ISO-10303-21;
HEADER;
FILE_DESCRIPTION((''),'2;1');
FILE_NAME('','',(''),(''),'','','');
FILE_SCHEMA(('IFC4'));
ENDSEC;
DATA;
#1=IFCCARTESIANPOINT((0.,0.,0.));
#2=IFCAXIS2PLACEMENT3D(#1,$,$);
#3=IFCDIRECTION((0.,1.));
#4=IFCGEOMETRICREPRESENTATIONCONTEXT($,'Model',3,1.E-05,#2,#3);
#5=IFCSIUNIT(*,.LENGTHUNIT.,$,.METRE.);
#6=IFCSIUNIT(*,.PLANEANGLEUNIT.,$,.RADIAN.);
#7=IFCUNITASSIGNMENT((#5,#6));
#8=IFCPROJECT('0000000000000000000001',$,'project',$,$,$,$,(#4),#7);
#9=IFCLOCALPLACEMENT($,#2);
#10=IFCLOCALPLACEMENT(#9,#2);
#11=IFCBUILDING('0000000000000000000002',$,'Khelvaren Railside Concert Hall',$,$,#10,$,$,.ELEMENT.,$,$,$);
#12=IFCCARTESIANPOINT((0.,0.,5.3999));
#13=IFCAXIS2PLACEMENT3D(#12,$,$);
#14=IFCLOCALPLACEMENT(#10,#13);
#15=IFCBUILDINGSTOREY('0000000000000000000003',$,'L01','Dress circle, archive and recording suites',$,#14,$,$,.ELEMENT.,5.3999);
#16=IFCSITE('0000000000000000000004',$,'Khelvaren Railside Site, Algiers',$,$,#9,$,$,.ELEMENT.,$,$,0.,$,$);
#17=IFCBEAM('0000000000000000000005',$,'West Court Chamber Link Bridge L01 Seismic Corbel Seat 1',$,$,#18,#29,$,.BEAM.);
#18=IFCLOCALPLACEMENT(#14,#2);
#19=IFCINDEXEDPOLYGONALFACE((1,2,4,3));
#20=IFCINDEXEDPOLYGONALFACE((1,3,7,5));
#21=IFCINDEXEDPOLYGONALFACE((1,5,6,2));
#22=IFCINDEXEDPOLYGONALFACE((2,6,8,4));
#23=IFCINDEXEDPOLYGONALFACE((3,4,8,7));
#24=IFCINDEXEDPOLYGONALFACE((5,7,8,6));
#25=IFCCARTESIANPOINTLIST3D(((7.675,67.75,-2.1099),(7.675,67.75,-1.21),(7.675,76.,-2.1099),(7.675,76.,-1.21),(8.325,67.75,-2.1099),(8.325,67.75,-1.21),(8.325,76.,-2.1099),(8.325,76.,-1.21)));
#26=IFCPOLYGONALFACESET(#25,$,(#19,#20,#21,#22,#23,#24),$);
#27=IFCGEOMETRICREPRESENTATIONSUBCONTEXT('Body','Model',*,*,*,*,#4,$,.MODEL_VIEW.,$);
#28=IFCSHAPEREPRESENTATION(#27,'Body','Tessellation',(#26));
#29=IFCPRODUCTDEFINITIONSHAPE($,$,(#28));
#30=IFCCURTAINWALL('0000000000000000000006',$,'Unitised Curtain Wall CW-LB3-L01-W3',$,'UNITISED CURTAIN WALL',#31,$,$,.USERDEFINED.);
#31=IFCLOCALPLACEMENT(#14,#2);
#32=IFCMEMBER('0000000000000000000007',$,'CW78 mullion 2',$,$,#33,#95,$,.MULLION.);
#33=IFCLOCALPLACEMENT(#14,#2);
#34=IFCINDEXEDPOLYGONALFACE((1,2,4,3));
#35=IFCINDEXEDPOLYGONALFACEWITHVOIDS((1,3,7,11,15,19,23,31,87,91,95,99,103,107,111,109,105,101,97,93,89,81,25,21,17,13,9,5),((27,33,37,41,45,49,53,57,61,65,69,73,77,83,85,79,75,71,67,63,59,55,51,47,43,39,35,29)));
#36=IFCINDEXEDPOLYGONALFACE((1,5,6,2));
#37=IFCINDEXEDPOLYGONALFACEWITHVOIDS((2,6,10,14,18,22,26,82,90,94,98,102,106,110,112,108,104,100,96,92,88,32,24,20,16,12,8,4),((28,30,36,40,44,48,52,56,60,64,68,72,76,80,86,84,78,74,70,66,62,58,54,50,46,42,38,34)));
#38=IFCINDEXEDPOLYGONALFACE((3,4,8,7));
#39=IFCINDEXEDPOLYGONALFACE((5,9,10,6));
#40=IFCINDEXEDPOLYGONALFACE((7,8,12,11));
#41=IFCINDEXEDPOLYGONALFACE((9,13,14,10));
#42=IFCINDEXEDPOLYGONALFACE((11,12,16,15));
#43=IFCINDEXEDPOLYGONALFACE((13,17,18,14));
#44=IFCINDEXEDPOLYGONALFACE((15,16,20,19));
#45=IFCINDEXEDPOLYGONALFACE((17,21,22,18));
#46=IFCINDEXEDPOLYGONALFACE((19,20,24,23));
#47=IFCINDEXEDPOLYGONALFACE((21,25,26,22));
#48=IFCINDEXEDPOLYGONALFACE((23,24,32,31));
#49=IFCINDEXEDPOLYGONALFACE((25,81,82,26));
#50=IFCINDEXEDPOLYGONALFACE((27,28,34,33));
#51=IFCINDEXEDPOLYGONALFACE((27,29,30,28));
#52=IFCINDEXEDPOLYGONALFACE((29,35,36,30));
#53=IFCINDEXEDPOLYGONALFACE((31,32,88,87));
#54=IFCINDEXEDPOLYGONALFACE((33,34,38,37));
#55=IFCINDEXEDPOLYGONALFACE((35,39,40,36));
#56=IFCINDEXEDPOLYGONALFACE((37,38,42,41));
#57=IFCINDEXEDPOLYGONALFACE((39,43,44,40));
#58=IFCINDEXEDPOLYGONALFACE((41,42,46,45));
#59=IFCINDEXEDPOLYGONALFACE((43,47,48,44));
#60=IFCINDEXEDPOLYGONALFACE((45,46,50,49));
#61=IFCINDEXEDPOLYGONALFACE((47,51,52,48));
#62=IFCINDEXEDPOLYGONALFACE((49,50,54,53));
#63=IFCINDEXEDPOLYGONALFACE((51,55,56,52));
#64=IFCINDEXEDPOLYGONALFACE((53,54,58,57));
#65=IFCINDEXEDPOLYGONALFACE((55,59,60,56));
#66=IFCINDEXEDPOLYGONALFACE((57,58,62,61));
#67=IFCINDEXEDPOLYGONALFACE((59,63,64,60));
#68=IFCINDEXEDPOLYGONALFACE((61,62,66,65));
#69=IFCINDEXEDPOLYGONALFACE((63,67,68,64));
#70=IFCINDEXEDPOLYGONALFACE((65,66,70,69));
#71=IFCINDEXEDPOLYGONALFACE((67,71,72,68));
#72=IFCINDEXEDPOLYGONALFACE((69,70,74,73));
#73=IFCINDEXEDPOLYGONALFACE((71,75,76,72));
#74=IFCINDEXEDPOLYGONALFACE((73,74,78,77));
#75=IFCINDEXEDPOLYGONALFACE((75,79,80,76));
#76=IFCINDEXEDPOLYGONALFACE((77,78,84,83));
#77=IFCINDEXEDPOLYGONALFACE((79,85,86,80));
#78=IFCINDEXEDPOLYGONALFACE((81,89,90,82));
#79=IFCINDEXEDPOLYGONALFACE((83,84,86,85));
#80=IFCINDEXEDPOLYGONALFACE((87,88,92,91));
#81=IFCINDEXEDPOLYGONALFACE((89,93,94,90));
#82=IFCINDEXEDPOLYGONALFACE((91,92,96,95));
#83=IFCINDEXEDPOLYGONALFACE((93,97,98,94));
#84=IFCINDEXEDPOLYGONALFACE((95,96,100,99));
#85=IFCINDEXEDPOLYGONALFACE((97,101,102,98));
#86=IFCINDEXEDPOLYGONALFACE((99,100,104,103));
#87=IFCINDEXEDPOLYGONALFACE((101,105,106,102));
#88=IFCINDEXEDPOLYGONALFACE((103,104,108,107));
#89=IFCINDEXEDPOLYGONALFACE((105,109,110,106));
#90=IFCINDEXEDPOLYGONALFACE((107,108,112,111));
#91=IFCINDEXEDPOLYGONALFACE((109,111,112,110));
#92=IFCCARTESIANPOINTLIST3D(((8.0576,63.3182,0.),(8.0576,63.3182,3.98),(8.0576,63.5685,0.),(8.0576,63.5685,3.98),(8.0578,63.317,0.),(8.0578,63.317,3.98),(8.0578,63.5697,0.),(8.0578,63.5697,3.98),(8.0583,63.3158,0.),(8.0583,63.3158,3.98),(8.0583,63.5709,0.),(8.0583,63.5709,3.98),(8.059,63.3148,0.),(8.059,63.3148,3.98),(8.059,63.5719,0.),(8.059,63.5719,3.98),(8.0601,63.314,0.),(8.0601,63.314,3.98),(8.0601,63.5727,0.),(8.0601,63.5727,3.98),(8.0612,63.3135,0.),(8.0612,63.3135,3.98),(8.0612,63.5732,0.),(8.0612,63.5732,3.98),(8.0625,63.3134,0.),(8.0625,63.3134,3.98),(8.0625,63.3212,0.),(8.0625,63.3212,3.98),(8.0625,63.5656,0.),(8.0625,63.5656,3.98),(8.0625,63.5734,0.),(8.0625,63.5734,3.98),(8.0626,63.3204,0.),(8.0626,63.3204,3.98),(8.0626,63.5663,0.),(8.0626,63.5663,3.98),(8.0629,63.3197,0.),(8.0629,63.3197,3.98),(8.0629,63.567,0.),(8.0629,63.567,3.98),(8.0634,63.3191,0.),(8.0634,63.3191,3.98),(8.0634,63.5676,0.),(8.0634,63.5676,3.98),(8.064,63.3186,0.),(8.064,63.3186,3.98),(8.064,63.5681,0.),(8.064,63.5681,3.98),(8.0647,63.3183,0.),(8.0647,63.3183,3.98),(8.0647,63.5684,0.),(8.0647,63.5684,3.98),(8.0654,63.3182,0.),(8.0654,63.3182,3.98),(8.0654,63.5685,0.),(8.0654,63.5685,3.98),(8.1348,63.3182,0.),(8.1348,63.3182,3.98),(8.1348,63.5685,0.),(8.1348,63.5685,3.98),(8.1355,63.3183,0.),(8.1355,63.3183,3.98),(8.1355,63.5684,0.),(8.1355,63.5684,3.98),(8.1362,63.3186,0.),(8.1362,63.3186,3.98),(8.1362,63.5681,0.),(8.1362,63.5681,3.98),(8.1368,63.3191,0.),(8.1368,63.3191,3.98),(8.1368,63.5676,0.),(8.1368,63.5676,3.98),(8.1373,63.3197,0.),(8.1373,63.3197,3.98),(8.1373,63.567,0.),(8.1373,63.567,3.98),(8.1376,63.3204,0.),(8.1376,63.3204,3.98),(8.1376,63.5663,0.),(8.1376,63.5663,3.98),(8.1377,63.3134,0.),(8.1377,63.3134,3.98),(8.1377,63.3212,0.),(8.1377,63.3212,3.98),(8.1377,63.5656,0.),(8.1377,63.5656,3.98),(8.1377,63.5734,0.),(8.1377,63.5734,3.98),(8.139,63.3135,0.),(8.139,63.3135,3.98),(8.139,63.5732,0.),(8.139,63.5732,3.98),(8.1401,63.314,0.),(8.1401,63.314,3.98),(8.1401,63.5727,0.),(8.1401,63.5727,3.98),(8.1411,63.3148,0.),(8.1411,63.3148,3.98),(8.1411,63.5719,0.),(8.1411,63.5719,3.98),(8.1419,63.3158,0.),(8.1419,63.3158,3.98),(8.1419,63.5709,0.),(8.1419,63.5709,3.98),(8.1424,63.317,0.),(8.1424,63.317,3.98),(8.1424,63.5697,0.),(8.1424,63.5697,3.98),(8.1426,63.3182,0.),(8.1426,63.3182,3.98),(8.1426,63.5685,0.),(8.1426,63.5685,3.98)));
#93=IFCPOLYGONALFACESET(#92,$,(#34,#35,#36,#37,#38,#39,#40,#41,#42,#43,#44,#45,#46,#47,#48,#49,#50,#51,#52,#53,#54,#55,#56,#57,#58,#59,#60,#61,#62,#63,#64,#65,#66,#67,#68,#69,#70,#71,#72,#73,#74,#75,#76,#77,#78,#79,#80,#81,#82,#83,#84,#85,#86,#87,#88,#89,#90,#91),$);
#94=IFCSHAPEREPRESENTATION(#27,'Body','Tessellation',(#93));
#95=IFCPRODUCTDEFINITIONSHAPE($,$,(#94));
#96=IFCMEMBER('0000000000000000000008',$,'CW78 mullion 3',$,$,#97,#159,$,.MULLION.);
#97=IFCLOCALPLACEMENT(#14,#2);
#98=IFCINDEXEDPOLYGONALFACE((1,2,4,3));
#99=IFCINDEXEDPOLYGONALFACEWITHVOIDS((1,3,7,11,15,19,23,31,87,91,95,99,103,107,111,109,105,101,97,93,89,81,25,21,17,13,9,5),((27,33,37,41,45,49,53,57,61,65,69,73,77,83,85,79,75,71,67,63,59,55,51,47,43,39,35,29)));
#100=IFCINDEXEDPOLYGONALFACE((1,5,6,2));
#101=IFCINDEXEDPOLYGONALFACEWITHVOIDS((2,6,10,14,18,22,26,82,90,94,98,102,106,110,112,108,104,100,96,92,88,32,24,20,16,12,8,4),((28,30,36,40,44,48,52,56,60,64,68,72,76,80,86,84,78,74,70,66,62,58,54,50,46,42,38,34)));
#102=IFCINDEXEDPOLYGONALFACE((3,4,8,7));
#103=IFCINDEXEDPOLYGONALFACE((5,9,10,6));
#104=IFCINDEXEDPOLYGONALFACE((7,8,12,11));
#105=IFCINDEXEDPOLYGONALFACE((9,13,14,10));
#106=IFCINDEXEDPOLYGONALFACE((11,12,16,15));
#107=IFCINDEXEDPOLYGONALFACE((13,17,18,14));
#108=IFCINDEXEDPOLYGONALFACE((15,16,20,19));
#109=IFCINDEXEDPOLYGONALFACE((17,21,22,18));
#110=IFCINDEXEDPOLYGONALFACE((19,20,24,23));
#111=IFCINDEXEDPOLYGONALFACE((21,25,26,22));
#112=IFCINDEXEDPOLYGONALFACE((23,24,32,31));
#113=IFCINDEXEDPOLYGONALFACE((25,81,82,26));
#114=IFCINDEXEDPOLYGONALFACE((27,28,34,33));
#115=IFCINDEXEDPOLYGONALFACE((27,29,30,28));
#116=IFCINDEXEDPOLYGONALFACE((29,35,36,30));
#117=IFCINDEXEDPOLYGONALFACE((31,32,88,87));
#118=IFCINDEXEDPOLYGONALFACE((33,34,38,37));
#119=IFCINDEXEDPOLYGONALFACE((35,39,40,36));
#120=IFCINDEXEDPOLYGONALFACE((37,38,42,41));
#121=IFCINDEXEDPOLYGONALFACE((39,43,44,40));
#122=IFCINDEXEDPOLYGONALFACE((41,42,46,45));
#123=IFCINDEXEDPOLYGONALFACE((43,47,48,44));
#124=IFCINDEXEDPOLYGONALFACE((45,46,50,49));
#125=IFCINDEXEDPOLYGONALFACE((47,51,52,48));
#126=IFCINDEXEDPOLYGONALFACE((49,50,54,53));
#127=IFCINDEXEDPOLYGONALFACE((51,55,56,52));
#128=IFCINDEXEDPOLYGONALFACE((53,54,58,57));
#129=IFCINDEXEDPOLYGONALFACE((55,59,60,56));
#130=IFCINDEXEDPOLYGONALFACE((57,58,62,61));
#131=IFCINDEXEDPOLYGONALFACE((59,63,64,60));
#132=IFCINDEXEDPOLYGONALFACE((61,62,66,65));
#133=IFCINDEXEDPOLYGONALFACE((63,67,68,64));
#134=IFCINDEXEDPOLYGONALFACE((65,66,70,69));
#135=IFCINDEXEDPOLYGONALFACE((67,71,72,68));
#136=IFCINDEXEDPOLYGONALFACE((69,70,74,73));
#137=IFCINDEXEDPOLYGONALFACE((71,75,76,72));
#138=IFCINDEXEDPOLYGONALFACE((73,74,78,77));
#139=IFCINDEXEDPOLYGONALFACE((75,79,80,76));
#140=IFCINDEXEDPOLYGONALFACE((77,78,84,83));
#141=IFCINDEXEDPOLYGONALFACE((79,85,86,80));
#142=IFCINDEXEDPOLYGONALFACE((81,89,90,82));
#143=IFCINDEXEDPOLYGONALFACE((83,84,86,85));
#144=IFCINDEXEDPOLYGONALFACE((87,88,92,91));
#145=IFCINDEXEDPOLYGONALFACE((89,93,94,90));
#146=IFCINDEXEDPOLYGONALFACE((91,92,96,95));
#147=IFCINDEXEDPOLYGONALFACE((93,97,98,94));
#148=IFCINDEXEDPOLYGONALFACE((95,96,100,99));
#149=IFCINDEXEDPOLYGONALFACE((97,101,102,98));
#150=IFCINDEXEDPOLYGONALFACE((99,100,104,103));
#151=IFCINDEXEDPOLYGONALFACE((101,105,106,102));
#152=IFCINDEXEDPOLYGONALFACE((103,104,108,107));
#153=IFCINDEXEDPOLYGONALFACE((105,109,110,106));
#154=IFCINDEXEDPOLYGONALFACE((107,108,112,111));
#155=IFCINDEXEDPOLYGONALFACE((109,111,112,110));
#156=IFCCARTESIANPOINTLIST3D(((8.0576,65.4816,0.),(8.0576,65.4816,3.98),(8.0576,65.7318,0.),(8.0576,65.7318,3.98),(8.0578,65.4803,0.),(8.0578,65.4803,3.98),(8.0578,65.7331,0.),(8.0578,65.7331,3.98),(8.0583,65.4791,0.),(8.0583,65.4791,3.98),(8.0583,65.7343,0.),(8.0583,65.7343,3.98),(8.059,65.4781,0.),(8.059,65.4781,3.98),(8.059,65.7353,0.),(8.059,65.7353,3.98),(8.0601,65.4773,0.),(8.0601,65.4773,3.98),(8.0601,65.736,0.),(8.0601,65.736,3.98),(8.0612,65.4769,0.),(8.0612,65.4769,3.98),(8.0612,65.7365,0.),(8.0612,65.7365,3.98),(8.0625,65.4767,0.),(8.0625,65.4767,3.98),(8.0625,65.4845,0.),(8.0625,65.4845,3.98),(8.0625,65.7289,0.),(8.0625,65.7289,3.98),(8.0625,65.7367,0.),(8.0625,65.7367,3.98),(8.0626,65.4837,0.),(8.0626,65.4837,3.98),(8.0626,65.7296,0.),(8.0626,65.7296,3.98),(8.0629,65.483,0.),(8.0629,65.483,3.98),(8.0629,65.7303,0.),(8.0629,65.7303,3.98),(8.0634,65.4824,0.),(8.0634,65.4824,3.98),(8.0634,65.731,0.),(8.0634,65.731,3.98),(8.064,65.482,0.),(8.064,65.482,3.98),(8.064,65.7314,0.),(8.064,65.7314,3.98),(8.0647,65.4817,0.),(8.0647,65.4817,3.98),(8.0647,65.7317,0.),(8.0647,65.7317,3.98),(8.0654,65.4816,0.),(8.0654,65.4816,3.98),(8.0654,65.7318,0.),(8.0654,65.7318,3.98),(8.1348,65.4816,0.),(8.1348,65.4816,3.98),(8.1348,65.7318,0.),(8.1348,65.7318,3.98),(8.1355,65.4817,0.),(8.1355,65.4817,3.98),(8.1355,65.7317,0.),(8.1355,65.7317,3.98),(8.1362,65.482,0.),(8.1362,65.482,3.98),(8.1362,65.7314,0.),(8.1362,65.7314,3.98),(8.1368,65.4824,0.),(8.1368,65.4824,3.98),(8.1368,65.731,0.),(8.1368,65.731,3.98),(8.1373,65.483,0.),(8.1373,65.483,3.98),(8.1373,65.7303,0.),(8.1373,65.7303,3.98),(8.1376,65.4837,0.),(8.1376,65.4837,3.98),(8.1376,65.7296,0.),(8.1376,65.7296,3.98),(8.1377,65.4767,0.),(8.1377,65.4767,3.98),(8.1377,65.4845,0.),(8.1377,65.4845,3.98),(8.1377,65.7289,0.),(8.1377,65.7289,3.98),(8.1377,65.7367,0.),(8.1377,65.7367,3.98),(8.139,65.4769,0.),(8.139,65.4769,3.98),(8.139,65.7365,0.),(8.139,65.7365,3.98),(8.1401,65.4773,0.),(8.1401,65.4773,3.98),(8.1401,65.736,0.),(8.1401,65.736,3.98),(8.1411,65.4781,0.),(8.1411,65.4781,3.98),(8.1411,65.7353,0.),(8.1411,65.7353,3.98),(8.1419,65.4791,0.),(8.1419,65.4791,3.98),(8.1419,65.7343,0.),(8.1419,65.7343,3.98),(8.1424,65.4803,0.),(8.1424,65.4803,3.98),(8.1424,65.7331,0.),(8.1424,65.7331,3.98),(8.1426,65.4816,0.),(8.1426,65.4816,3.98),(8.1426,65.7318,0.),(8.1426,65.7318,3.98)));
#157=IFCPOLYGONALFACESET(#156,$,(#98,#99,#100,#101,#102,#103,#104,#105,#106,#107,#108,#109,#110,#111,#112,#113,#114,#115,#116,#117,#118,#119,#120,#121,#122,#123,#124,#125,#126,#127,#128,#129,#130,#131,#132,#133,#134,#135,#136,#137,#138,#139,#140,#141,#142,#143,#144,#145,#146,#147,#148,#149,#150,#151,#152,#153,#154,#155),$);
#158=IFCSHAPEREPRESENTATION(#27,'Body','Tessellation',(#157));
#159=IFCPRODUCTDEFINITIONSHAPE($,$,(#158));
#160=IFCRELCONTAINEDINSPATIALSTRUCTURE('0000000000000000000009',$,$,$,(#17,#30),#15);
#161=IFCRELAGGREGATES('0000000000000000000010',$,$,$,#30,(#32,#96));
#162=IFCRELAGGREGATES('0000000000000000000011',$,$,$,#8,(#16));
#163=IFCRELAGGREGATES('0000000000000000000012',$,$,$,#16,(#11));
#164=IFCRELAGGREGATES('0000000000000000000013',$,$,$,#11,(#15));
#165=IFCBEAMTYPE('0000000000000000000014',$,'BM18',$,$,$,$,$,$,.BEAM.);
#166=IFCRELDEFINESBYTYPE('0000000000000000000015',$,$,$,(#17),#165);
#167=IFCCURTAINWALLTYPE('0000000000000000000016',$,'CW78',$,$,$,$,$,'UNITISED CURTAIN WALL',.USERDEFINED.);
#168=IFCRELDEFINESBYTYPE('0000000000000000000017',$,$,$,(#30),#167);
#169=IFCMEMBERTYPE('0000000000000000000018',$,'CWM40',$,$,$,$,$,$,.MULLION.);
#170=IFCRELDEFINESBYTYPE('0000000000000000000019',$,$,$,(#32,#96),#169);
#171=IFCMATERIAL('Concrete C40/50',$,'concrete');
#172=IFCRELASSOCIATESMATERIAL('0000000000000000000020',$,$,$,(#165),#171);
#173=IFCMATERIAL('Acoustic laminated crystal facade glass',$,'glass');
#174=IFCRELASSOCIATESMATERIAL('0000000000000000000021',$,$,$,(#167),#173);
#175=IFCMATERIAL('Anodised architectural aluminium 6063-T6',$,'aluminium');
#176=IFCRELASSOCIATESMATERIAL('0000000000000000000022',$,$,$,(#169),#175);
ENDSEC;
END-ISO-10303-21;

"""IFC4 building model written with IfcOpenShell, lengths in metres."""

from ifc_helpers import new_model, si_unit, direction, frame, origin, origin_2d, place, context, subcontext, project, spatial, rectangle, hollow_rectangle, extrude, material, material_profile, profile_set, type_object, element, aggregate, save


model = new_model("IFC4")

# Units and contexts
model_context = context("Model", 3, precision=1e-05, world=origin(), true_north=direction((0.0, 1.0)))
body_context = subcontext(model_context, "Body", "Model", "MODEL_VIEW")
ifc_project = project(units=[si_unit("LENGTHUNIT", "METRE"), si_unit("PLANEANGLEUNIT", "RADIAN")], contexts=[model_context])

# Site, building, storey
site_placement = place(None, origin())
site = spatial("IfcSite", under=ifc_project, at=site_placement, Name="Khelvaren Railside Site, Algiers", CompositionType="ELEMENT", RefElevation=0.0)
building_placement = place(site_placement, origin())
building = spatial("IfcBuilding", under=site, at=building_placement, Name="Khelvaren Railside Concert Hall", CompositionType="ELEMENT")
storey_placement = place(building_placement, frame((0.0, 0.0, 5.3999)))
storey = spatial("IfcBuildingStorey", under=building, at=storey_placement, Name="L01", Description="Dress circle, archive and recording suites", CompositionType="ELEMENT", Elevation=5.3999)

# Beam
ifc_material_1 = material(Name="Concrete C40/50", Category="concrete")
ifc_material_profile_1 = material_profile(ifc_material_1, rectangle(XDim=0.6499, YDim=0.8999, at=origin_2d()), Name="RCB 650x900")
ifc_profile_set_1 = profile_set([ifc_material_profile_1], Name="Concrete C40/50")
beam_type_1 = type_object("IfcBeamType", Name="BM18", PredefinedType="BEAM", material=ifc_profile_set_1)
beam_1_placement = place(storey_placement, frame((8.0, 67.75, -1.6599), z_axis=(0.0, 1.0, 0.0), x_axis=(-1.0, 0.0, 0.0)))
element("IfcBeam", 1, at=beam_1_placement, inside=storey, type_object=beam_type_1, Name="West Court Chamber Link Bridge L01 Seismic Corbel Seat 1", PredefinedType="BEAM", context=body_context, shape_type="SweptSolid", body=[
    extrude(rectangle(XDim=0.6499, YDim=0.8999, at=origin_2d()), origin(), (0.0, 0.0, 1.0), 8.25),
])

# Curtain wall, members
ifc_material_2 = material(Name="Acoustic laminated crystal facade glass", Category="glass")
curtain_wall_type = type_object("IfcCurtainWallType", Name="CW78", ElementType="UNITISED CURTAIN WALL", PredefinedType="USERDEFINED", material=ifc_material_2)
curtain_wall_placement = place(storey_placement, origin())
curtain_wall = element("IfcCurtainWall", 2, at=curtain_wall_placement, inside=storey, type_object=curtain_wall_type, Name="Unitised Curtain Wall CW-LB3-L01-W3", ObjectType="UNITISED CURTAIN WALL", PredefinedType="USERDEFINED")
ifc_material_3 = material(Name="Anodised architectural aluminium 6063-T6", Category="aluminium")
ifc_material_profile_2 = material_profile(ifc_material_3, hollow_rectangle(XDim=0.085, YDim=0.26, WallThickness=0.0049, InnerFilletRadius=0.0029, OuterFilletRadius=0.0049, at=origin_2d()), Name="CWM 85x260x5")
ifc_profile_set_2 = profile_set([ifc_material_profile_2], Name="Anodised architectural aluminium 6063-T6")
member_type_1 = type_object("IfcMemberType", Name="CWM40", PredefinedType="MULLION", material=ifc_profile_set_2)
member_1_placement = place(storey_placement, frame((8.1001, 63.4434, 0.0), z_axis=(0.0, 0.0, 1.0), x_axis=(-1.0, 0.0, 0.0)))
member_1 = element("IfcMember", 3, at=member_1_placement, type_object=member_type_1, Name="CW78 mullion 2", PredefinedType="MULLION", context=body_context, shape_type="SweptSolid", body=[
    extrude(hollow_rectangle(XDim=0.085, YDim=0.26, WallThickness=0.0049, InnerFilletRadius=0.0029, OuterFilletRadius=0.0049, at=origin_2d()), origin(), (0.0, 0.0, 1.0), 3.98),
])
member_2_placement = place(storey_placement, frame((8.1001, 65.6067, 0.0), z_axis=(0.0, 0.0, 1.0), x_axis=(-1.0, 0.0, 0.0)))
member_2 = element("IfcMember", 4, at=member_2_placement, type_object=member_type_1, Name="CW78 mullion 3", PredefinedType="MULLION", context=body_context, shape_type="SweptSolid", body=[
    extrude(hollow_rectangle(XDim=0.085, YDim=0.26, WallThickness=0.0049, InnerFilletRadius=0.0029, OuterFilletRadius=0.0049, at=origin_2d()), origin(), (0.0, 0.0, 1.0), 3.98),
])

aggregate(curtain_wall, [member_1, member_2])

save(model, "model.ifc")
